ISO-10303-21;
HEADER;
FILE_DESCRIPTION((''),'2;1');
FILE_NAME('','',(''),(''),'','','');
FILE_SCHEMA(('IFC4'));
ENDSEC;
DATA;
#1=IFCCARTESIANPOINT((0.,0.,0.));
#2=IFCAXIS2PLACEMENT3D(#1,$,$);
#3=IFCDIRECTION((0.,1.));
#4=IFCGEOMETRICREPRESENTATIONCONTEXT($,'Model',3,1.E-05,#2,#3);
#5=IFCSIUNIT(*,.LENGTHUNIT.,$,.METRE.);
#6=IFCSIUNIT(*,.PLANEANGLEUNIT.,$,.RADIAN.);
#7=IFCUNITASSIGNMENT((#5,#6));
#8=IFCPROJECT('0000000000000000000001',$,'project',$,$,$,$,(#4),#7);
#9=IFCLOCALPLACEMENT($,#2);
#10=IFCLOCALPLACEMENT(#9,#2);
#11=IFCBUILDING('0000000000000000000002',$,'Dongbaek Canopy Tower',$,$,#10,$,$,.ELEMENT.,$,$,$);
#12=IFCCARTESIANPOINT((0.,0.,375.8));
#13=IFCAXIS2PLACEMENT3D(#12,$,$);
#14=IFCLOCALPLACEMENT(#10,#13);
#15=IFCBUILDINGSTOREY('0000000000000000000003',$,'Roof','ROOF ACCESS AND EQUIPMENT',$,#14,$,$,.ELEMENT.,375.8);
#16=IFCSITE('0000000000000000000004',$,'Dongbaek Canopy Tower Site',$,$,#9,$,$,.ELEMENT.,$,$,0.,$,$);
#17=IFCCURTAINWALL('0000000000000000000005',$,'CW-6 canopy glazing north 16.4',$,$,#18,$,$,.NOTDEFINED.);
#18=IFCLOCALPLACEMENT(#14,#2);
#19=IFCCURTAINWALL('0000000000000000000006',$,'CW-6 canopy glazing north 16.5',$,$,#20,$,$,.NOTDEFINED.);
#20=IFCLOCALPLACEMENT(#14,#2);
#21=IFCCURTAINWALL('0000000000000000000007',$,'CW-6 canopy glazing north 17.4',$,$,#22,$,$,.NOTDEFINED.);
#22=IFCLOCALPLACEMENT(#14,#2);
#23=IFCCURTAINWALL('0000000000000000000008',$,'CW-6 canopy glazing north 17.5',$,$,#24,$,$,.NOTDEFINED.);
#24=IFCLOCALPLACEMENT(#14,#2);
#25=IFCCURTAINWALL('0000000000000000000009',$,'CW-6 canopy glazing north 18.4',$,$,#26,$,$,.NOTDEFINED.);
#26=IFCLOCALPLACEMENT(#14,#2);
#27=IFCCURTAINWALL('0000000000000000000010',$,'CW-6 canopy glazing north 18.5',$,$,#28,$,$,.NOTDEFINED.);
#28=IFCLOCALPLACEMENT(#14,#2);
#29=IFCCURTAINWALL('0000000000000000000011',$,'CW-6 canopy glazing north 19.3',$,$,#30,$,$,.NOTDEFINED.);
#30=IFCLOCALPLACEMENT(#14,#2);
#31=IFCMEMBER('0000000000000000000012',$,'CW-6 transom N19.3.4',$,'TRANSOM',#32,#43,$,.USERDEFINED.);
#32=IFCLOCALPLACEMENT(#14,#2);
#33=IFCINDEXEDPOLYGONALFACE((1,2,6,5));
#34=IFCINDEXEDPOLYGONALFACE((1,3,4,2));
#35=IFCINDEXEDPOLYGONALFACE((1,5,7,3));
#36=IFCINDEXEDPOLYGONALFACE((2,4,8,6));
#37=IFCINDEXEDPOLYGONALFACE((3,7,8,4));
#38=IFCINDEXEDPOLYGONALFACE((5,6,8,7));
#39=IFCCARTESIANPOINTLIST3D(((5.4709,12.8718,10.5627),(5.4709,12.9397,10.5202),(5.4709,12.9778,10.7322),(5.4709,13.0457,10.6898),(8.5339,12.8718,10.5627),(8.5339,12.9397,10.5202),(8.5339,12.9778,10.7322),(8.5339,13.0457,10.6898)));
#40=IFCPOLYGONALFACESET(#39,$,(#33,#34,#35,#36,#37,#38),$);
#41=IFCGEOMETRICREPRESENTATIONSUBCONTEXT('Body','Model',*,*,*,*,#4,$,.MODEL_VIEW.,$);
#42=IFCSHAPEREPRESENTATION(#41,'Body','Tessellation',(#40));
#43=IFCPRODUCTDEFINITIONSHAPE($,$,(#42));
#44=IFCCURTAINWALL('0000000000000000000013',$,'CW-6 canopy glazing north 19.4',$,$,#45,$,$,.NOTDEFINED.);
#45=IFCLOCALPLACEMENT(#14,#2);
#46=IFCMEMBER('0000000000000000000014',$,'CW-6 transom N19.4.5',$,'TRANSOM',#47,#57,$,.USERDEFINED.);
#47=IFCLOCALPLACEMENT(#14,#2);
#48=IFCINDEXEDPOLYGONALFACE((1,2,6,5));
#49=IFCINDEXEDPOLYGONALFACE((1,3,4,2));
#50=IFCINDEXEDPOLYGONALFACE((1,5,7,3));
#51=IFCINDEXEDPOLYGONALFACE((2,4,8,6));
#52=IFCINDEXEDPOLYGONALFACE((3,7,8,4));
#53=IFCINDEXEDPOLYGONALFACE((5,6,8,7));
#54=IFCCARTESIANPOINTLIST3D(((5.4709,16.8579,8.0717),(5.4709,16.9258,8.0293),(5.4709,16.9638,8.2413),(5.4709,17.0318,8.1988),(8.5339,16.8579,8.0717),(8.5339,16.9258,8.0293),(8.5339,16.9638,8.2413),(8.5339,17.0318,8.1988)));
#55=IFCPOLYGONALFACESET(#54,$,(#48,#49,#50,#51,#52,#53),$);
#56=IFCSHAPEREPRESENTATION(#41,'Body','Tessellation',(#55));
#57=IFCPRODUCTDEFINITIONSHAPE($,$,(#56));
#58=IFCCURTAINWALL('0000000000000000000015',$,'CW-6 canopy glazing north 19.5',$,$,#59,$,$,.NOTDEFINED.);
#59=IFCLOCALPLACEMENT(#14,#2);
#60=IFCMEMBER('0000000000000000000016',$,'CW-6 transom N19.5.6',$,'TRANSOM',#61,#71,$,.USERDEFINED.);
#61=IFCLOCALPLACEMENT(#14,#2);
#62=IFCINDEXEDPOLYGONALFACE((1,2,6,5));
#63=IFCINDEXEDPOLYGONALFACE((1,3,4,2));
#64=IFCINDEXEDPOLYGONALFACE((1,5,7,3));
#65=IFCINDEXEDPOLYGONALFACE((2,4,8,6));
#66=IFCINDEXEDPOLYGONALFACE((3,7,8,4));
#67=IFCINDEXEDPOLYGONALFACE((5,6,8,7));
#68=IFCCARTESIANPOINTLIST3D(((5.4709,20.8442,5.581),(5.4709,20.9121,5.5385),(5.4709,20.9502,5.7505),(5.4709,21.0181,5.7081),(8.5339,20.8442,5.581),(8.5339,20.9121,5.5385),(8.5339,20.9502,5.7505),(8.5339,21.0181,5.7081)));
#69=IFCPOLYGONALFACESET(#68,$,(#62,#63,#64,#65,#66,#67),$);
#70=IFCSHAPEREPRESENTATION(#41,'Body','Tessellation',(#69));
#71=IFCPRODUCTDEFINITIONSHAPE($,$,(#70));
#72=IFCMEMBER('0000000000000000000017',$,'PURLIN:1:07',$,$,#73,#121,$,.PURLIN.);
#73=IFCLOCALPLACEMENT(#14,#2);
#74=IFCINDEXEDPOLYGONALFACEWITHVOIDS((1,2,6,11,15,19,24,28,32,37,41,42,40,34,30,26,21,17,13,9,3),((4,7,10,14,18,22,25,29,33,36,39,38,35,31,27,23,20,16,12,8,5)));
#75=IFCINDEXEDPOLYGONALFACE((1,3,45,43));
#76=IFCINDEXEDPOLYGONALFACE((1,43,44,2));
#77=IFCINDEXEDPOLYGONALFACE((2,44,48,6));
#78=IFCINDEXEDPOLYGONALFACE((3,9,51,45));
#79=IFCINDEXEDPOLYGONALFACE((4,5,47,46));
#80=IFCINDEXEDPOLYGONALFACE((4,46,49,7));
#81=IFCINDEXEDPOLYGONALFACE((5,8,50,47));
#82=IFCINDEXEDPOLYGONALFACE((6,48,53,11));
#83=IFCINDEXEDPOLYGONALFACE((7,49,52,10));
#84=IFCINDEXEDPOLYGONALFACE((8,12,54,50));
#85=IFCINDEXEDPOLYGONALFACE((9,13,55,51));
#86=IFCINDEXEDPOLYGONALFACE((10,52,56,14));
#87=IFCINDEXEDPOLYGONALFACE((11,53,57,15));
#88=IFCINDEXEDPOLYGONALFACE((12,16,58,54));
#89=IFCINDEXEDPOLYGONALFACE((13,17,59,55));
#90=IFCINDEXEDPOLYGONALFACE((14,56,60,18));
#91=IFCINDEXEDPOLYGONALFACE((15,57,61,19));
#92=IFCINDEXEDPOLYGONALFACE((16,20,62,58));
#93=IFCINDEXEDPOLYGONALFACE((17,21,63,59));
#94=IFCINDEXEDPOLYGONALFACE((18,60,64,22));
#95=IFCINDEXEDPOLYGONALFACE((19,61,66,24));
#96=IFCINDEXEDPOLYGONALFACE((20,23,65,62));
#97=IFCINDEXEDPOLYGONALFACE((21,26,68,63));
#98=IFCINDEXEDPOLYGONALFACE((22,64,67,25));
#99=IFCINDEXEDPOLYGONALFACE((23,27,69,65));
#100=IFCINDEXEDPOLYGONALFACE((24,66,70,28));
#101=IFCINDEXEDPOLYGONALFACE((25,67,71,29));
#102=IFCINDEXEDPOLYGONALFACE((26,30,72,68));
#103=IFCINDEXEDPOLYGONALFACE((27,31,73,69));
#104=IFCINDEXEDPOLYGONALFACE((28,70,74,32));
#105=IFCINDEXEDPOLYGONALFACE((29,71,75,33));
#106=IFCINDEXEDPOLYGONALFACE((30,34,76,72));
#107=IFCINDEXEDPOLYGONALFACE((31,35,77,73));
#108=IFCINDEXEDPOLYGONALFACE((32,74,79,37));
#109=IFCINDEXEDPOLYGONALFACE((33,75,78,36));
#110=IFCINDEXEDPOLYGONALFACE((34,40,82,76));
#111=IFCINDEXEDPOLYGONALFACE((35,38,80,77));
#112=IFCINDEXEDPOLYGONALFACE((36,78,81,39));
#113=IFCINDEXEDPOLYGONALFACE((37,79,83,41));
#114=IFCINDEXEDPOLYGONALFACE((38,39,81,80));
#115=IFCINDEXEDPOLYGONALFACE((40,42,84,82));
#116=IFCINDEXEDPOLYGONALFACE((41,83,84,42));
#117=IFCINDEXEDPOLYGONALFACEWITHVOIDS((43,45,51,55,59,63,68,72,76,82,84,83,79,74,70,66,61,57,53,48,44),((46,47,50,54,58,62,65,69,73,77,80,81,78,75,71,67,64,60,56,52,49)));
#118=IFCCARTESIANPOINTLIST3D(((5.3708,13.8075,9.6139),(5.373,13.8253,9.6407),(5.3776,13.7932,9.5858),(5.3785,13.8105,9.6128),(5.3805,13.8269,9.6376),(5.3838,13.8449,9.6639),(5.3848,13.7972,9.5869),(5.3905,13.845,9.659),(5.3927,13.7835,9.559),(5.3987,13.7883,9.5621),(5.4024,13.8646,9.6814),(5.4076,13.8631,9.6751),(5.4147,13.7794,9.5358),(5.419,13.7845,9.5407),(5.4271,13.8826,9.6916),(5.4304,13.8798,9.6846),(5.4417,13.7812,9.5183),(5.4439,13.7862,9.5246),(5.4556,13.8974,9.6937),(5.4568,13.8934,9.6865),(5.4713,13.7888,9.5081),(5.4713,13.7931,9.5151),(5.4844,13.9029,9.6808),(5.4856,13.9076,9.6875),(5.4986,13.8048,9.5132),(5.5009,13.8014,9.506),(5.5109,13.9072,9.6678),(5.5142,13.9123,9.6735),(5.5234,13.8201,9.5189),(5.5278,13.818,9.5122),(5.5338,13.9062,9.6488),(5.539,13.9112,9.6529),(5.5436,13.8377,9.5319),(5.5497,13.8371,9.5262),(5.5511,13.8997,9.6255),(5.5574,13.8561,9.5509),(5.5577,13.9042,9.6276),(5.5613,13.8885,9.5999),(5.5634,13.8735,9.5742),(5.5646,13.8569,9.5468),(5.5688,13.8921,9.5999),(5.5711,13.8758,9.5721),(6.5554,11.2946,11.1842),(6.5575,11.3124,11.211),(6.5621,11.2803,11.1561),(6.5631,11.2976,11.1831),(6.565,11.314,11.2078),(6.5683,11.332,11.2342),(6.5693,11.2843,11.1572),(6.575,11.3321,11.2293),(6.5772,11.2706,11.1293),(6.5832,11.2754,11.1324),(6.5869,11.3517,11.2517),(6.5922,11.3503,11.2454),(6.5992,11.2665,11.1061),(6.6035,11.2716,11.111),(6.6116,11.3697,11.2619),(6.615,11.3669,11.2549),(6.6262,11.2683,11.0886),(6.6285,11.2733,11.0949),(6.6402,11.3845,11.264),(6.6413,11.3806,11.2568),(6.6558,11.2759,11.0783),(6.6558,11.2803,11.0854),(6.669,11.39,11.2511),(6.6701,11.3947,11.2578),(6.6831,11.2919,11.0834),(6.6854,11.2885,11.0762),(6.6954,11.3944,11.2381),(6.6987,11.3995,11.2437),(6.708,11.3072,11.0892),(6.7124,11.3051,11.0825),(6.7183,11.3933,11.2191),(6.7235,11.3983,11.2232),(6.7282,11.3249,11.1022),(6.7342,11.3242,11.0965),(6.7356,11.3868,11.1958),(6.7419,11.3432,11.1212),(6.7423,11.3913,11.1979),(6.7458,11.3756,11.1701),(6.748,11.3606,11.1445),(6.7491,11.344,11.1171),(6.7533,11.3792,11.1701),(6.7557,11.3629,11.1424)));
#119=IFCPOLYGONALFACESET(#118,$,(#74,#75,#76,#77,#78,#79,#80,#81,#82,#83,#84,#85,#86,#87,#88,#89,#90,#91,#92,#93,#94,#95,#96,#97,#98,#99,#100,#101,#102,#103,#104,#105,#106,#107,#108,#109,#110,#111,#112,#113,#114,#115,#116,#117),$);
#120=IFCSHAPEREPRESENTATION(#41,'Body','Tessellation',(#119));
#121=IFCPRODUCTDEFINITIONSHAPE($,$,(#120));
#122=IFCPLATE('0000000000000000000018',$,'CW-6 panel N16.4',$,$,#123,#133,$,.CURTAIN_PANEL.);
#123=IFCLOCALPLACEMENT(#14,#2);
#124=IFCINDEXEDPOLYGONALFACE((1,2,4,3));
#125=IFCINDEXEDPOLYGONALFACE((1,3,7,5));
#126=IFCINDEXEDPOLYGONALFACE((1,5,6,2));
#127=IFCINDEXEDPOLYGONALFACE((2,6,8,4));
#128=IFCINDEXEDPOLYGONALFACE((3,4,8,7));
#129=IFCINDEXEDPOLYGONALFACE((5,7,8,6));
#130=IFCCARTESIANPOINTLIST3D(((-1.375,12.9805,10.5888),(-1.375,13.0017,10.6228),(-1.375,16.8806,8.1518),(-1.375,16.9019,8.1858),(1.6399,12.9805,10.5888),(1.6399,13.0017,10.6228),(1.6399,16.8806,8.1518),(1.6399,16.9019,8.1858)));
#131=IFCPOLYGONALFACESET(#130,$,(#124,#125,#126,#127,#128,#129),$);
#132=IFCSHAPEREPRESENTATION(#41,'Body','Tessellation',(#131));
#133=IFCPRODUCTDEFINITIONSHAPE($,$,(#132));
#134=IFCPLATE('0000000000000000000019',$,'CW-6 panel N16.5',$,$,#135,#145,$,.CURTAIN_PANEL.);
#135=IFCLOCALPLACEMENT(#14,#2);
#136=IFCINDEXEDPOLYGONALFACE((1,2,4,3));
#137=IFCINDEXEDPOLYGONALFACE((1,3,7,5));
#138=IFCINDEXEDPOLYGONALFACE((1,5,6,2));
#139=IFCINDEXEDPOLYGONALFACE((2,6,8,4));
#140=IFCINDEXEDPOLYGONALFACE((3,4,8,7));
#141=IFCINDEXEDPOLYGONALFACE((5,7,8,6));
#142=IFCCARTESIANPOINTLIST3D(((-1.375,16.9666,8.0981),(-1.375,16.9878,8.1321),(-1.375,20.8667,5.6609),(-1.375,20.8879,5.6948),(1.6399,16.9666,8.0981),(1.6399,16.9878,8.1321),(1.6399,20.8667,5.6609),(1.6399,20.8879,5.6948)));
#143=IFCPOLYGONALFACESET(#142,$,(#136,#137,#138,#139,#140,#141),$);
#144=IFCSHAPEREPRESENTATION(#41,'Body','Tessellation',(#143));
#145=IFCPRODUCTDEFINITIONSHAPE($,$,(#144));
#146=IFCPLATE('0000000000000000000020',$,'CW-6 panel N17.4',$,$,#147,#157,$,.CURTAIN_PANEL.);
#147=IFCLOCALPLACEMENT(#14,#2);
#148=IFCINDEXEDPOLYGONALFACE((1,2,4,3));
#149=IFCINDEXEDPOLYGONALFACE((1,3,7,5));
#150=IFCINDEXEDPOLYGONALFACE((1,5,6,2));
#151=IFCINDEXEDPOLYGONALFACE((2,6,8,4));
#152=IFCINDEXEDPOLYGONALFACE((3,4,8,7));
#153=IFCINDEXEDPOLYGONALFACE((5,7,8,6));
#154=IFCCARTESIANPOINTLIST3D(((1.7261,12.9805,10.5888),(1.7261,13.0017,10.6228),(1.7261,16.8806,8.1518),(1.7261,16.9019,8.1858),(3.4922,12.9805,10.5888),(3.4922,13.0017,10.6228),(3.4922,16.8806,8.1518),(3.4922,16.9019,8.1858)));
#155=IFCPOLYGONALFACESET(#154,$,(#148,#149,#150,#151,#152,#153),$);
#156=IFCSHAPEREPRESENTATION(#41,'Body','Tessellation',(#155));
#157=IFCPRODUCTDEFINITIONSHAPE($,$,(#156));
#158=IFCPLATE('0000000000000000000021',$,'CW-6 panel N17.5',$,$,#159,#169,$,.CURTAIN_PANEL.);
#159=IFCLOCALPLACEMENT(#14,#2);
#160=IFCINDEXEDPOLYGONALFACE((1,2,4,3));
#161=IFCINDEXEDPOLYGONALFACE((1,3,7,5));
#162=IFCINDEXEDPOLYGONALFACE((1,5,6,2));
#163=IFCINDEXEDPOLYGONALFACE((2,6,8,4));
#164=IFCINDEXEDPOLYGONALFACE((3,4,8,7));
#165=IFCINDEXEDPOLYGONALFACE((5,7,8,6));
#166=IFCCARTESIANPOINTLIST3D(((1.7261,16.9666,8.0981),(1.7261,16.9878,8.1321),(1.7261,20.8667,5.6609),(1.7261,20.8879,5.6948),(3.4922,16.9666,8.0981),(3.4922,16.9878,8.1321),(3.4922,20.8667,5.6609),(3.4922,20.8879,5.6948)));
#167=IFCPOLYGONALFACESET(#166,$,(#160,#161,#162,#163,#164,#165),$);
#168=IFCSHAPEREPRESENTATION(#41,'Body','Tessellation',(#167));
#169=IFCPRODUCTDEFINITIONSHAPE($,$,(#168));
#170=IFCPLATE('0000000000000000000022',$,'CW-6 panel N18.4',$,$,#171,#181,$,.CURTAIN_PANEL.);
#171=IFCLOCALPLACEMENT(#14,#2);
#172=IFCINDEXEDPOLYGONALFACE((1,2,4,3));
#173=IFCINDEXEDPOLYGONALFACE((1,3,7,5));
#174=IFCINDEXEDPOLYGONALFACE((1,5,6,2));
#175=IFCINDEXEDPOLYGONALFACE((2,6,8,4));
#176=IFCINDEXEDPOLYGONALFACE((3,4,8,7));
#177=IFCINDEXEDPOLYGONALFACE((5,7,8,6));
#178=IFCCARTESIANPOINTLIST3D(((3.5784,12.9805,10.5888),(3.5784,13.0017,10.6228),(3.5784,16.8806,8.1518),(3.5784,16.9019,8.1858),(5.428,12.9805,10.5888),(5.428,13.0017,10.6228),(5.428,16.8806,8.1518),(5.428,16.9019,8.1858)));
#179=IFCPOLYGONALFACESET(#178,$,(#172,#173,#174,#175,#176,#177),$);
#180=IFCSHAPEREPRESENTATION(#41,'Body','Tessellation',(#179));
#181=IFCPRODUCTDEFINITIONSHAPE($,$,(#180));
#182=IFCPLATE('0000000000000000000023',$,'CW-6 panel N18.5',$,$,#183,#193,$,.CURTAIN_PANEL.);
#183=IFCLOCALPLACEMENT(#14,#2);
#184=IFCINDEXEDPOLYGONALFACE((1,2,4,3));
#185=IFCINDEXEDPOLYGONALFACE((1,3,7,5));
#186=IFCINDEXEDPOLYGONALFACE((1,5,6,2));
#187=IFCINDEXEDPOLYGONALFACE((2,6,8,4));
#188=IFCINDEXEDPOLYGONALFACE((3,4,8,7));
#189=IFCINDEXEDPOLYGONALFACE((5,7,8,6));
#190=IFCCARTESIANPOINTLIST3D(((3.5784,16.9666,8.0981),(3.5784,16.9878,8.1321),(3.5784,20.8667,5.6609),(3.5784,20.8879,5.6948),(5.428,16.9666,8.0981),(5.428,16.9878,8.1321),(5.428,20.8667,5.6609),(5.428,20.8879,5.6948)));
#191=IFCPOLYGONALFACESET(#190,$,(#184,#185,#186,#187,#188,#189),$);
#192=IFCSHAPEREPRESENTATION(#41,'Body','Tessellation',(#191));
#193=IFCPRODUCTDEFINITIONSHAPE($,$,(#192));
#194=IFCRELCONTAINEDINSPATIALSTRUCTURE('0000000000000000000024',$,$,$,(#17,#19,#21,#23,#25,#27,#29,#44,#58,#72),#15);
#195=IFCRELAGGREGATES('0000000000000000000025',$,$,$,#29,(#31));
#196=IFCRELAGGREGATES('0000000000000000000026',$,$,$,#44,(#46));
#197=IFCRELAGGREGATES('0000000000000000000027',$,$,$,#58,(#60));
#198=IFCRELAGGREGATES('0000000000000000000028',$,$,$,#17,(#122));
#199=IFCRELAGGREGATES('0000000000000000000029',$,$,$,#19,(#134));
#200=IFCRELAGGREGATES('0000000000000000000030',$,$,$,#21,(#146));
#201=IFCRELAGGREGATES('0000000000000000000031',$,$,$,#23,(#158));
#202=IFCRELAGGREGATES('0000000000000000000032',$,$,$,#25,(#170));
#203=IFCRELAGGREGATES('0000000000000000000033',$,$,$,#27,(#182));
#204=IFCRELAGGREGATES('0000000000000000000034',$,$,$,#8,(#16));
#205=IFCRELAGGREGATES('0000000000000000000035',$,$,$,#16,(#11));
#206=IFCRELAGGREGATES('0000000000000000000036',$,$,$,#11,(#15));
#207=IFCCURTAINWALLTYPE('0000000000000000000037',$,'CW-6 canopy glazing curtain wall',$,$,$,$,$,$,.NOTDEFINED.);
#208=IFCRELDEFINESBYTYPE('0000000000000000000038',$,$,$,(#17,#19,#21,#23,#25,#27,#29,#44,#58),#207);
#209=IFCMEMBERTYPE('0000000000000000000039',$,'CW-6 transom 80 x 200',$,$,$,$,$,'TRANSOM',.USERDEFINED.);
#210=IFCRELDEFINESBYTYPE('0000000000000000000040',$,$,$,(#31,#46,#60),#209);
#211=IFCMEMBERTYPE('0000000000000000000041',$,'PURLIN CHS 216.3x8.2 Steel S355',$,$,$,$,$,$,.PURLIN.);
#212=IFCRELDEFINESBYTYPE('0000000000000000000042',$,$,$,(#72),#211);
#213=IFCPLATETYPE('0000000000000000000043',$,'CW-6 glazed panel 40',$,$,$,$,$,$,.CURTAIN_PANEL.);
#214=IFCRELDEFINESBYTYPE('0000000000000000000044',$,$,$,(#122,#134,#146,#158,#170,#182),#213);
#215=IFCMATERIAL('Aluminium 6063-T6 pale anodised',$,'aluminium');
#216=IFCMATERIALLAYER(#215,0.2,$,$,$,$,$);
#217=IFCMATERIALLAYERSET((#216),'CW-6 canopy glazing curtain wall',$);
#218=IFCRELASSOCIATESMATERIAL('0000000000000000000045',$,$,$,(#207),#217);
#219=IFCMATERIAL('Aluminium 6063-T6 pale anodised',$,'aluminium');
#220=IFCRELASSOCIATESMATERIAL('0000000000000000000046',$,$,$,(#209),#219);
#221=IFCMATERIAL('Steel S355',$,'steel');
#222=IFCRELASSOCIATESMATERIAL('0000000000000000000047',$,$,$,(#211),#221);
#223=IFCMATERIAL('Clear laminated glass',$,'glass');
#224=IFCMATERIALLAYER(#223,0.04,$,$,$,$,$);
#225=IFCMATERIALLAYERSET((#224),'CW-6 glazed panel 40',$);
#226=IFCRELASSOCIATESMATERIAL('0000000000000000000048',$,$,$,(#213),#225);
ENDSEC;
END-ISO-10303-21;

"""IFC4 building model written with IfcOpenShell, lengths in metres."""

from ifc_helpers import new_model, si_unit, direction, frame, origin, origin_2d, place, context, subcontext, project, spatial, polyline, rectangle, hollow_circle, outline, extrude, material, layer, layer_set, material_profile, profile_set, type_object, element, aggregate, save


model = new_model("IFC4")

# Units and contexts
model_context = context("Model", 3, precision=1e-05, world=origin(), true_north=direction((0.0, 1.0)))
body_context = subcontext(model_context, "Body", "Model", "MODEL_VIEW")
ifc_project = project(units=[si_unit("LENGTHUNIT", "METRE"), si_unit("PLANEANGLEUNIT", "RADIAN")], contexts=[model_context])

# Site, building, storey
site_placement = place(None, origin())
site = spatial("IfcSite", under=ifc_project, at=site_placement, Name="Dongbaek Canopy Tower Site", CompositionType="ELEMENT", RefElevation=0.0)
building_placement = place(site_placement, origin())
building = spatial("IfcBuilding", under=site, at=building_placement, Name="Dongbaek Canopy Tower", CompositionType="ELEMENT")
storey_placement = place(building_placement, frame((0.0, 0.0, 375.8)))
storey = spatial("IfcBuildingStorey", under=building, at=storey_placement, Name="Roof", Description="ROOF ACCESS AND EQUIPMENT", CompositionType="ELEMENT", Elevation=375.8)

# Curtain walls
ifc_material_1 = material(Name="Aluminium 6063-T6 pale anodised", Category="aluminium")
ifc_layer_1 = layer(ifc_material_1, 0.2)
ifc_layer_set_1 = layer_set([ifc_layer_1], Name="CW-6 canopy glazing curtain wall")
curtain_wall_type = type_object("IfcCurtainWallType", Name="CW-6 canopy glazing curtain wall", PredefinedType="NOTDEFINED", material=ifc_layer_set_1)
curtain_wall_1_placement = place(storey_placement, origin())
curtain_wall_1 = element("IfcCurtainWall", 1, at=curtain_wall_1_placement, inside=storey, type_object=curtain_wall_type, Name="CW-6 canopy glazing north 16.4", PredefinedType="NOTDEFINED")
curtain_wall_2_placement = place(storey_placement, origin())
curtain_wall_2 = element("IfcCurtainWall", 2, at=curtain_wall_2_placement, inside=storey, type_object=curtain_wall_type, Name="CW-6 canopy glazing north 16.5", PredefinedType="NOTDEFINED")
curtain_wall_3_placement = place(storey_placement, origin())
curtain_wall_3 = element("IfcCurtainWall", 3, at=curtain_wall_3_placement, inside=storey, type_object=curtain_wall_type, Name="CW-6 canopy glazing north 17.4", PredefinedType="NOTDEFINED")
curtain_wall_4_placement = place(storey_placement, origin())
curtain_wall_4 = element("IfcCurtainWall", 4, at=curtain_wall_4_placement, inside=storey, type_object=curtain_wall_type, Name="CW-6 canopy glazing north 17.5", PredefinedType="NOTDEFINED")
curtain_wall_5_placement = place(storey_placement, origin())
curtain_wall_5 = element("IfcCurtainWall", 5, at=curtain_wall_5_placement, inside=storey, type_object=curtain_wall_type, Name="CW-6 canopy glazing north 18.4", PredefinedType="NOTDEFINED")
curtain_wall_6_placement = place(storey_placement, origin())
curtain_wall_6 = element("IfcCurtainWall", 6, at=curtain_wall_6_placement, inside=storey, type_object=curtain_wall_type, Name="CW-6 canopy glazing north 18.5", PredefinedType="NOTDEFINED")
ifc_material_2 = material(Name="Aluminium 6063-T6 pale anodised", Category="aluminium")
ifc_material_profile_1 = material_profile(ifc_material_2, rectangle(XDim=0.0801, YDim=0.2, at=origin_2d()), Name="CW-6 transom 80 x 200")
ifc_profile_set_1 = profile_set([ifc_material_profile_1], Name="Aluminium 6063-T6 pale anodised")
member_type_1 = type_object("IfcMemberType", Name="CW-6 transom 80 x 200", ElementType="TRANSOM", PredefinedType="USERDEFINED", material=ifc_profile_set_1)

# Curtain walls, members
curtain_wall_7_placement = place(storey_placement, origin())
curtain_wall_7 = element("IfcCurtainWall", 7, at=curtain_wall_7_placement, inside=storey, type_object=curtain_wall_type, Name="CW-6 canopy glazing north 19.3", PredefinedType="NOTDEFINED")
member_1_placement = place(storey_placement, frame((5.4709, 12.9587, 10.6262), z_axis=(1.0, 0.0, 0.0), x_axis=(0.0, 0.848048, -0.529919)))
member_1 = element("IfcMember", 8, at=member_1_placement, type_object=member_type_1, Name="CW-6 transom N19.3.4", ObjectType="TRANSOM", PredefinedType="USERDEFINED", context=body_context, shape_type="SweptSolid", body=[
    extrude(rectangle(XDim=0.0801, YDim=0.2, at=origin_2d()), origin(), (0.0, 0.0, 1.0), 3.063),
])
aggregate(curtain_wall_7, [member_1])
curtain_wall_8_placement = place(storey_placement, origin())
curtain_wall_8 = element("IfcCurtainWall", 9, at=curtain_wall_8_placement, inside=storey, type_object=curtain_wall_type, Name="CW-6 canopy glazing north 19.4", PredefinedType="NOTDEFINED")
member_2_placement = place(storey_placement, frame((5.4709, 16.9448, 8.1353), z_axis=(1.0, 0.0, 0.0), x_axis=(0.0, 0.848048, -0.529919)))
member_2 = element("IfcMember", 10, at=member_2_placement, type_object=member_type_1, Name="CW-6 transom N19.4.5", ObjectType="TRANSOM", PredefinedType="USERDEFINED", context=body_context, shape_type="SweptSolid", body=[
    extrude(rectangle(XDim=0.0801, YDim=0.2, at=origin_2d()), origin(), (0.0, 0.0, 1.0), 3.063),
])
aggregate(curtain_wall_8, [member_2])
curtain_wall_9_placement = place(storey_placement, origin())
curtain_wall_9 = element("IfcCurtainWall", 11, at=curtain_wall_9_placement, inside=storey, type_object=curtain_wall_type, Name="CW-6 canopy glazing north 19.5", PredefinedType="NOTDEFINED")
member_3_placement = place(storey_placement, frame((5.4709, 20.9312, 5.6445), z_axis=(1.0, 0.0, 0.0), x_axis=(0.0, 0.848048, -0.529919)))
member_3 = element("IfcMember", 12, at=member_3_placement, type_object=member_type_1, Name="CW-6 transom N19.5.6", ObjectType="TRANSOM", PredefinedType="USERDEFINED", context=body_context, shape_type="SweptSolid", body=[
    extrude(rectangle(XDim=0.0801, YDim=0.2, at=origin_2d()), origin(), (0.0, 0.0, 1.0), 3.063),
])
aggregate(curtain_wall_9, [member_3])

# Member
ifc_material_3 = material(Name="Steel S355", Category="steel")
ifc_material_profile_2 = material_profile(ifc_material_3, hollow_circle(Radius=0.1082, WallThickness=0.0083, at=origin_2d()), Name="PURLIN CHS 216.3x8.2 Steel S355")
ifc_profile_set_2 = profile_set([ifc_material_profile_2], Name="Steel S355")
member_type_2 = type_object("IfcMemberType", Name="PURLIN CHS 216.3x8.2 Steel S355", PredefinedType="PURLIN", material=ifc_profile_set_2)
member_4_placement = place(storey_placement, frame((5.4709, 13.8459, 9.5999), z_axis=(0.371195, -0.787452, 0.492071), x_axis=(0.90454, 0.426389, 0.0)))
element("IfcMember", 13, at=member_4_placement, inside=storey, type_object=member_type_2, Name="PURLIN:1:07", PredefinedType="PURLIN", context=body_context, shape_type="SweptSolid", body=[
    extrude(hollow_circle(Radius=0.1082, WallThickness=0.0083, at=origin_2d()), origin(), (0.0, 0.0, 1.0), 3.1912),
])

# Plates
ifc_material_4 = material(Name="Clear laminated glass", Category="glass")
ifc_layer_2 = layer(ifc_material_4, 0.04)
ifc_layer_set_2 = layer_set([ifc_layer_2], Name="CW-6 glazed panel 40")
plate_type = type_object("IfcPlateType", Name="CW-6 glazed panel 40", PredefinedType="CURTAIN_PANEL", material=ifc_layer_set_2)
plate_1_placement = place(storey_placement, frame((1.6399, 13.0017, 10.6228), z_axis=(0.0, 0.529908, 0.848055), x_axis=(-1.0, 0.0, 0.0)))
plate_1 = element("IfcPlate", 14, at=plate_1_placement, type_object=plate_type, Name="CW-6 panel N16.4", PredefinedType="CURTAIN_PANEL", context=body_context, shape_type="SweptSolid", body=[
    extrude(outline(polyline([(0.0, 0.0), (3.0149, 0.0), (3.0149, -4.5989), (0.0, -4.5989), (0.0, 0.0)])), origin(), (0.0, 0.0, -1.0), 0.04),
])
aggregate(curtain_wall_1, [plate_1])
plate_2_placement = place(storey_placement, frame((1.6399, 16.9878, 8.1321), z_axis=(0.0, 0.529946, 0.848031), x_axis=(-1.0, 0.0, 0.0)))
plate_2 = element("IfcPlate", 15, at=plate_2_placement, type_object=plate_type, Name="CW-6 panel N16.5", PredefinedType="CURTAIN_PANEL", context=body_context, shape_type="SweptSolid", body=[
    extrude(outline(polyline([(0.0, 0.0), (3.0149, 0.0), (3.0149, -4.5991), (0.0, -4.5991), (0.0, 0.0)])), origin(), (0.0, 0.0, -1.0), 0.04),
])
aggregate(curtain_wall_2, [plate_2])
plate_3_placement = place(storey_placement, frame((3.4922, 13.0017, 10.6228), z_axis=(0.0, 0.529908, 0.848055), x_axis=(-1.0, 0.0, 0.0)))
plate_3 = element("IfcPlate", 16, at=plate_3_placement, type_object=plate_type, Name="CW-6 panel N17.4", PredefinedType="CURTAIN_PANEL", context=body_context, shape_type="SweptSolid", body=[
    extrude(outline(polyline([(0.0, 0.0), (1.7661, 0.0), (1.7661, -4.5989), (0.0, -4.5989), (0.0, 0.0)])), origin(), (0.0, 0.0, -1.0), 0.04),
])
aggregate(curtain_wall_3, [plate_3])
plate_4_placement = place(storey_placement, frame((3.4922, 16.9878, 8.1321), z_axis=(0.0, 0.529946, 0.848031), x_axis=(-1.0, 0.0, 0.0)))
plate_4 = element("IfcPlate", 17, at=plate_4_placement, type_object=plate_type, Name="CW-6 panel N17.5", PredefinedType="CURTAIN_PANEL", context=body_context, shape_type="SweptSolid", body=[
    extrude(outline(polyline([(0.0, 0.0), (1.7661, 0.0), (1.7661, -4.5991), (0.0, -4.5991), (0.0, 0.0)])), origin(), (0.0, 0.0, -1.0), 0.04),
])
aggregate(curtain_wall_4, [plate_4])
plate_5_placement = place(storey_placement, frame((5.428, 13.0017, 10.6228), z_axis=(0.0, 0.529908, 0.848055), x_axis=(-1.0, 0.0, 0.0)))
plate_5 = element("IfcPlate", 18, at=plate_5_placement, type_object=plate_type, Name="CW-6 panel N18.4", PredefinedType="CURTAIN_PANEL", context=body_context, shape_type="SweptSolid", body=[
    extrude(outline(polyline([(0.0, 0.0), (1.8496, 0.0), (1.8496, -4.5989), (0.0, -4.5989), (0.0, 0.0)])), origin(), (0.0, 0.0, -1.0), 0.04),
])
aggregate(curtain_wall_5, [plate_5])
plate_6_placement = place(storey_placement, frame((5.428, 16.9878, 8.1321), z_axis=(0.0, 0.529946, 0.848031), x_axis=(-1.0, 0.0, 0.0)))
plate_6 = element("IfcPlate", 19, at=plate_6_placement, type_object=plate_type, Name="CW-6 panel N18.5", PredefinedType="CURTAIN_PANEL", context=body_context, shape_type="SweptSolid", body=[
    extrude(outline(polyline([(0.0, 0.0), (1.8496, 0.0), (1.8496, -4.5991), (0.0, -4.5991), (0.0, 0.0)])), origin(), (0.0, 0.0, -1.0), 0.04),
])
aggregate(curtain_wall_6, [plate_6])

save(model, "model.ifc")
